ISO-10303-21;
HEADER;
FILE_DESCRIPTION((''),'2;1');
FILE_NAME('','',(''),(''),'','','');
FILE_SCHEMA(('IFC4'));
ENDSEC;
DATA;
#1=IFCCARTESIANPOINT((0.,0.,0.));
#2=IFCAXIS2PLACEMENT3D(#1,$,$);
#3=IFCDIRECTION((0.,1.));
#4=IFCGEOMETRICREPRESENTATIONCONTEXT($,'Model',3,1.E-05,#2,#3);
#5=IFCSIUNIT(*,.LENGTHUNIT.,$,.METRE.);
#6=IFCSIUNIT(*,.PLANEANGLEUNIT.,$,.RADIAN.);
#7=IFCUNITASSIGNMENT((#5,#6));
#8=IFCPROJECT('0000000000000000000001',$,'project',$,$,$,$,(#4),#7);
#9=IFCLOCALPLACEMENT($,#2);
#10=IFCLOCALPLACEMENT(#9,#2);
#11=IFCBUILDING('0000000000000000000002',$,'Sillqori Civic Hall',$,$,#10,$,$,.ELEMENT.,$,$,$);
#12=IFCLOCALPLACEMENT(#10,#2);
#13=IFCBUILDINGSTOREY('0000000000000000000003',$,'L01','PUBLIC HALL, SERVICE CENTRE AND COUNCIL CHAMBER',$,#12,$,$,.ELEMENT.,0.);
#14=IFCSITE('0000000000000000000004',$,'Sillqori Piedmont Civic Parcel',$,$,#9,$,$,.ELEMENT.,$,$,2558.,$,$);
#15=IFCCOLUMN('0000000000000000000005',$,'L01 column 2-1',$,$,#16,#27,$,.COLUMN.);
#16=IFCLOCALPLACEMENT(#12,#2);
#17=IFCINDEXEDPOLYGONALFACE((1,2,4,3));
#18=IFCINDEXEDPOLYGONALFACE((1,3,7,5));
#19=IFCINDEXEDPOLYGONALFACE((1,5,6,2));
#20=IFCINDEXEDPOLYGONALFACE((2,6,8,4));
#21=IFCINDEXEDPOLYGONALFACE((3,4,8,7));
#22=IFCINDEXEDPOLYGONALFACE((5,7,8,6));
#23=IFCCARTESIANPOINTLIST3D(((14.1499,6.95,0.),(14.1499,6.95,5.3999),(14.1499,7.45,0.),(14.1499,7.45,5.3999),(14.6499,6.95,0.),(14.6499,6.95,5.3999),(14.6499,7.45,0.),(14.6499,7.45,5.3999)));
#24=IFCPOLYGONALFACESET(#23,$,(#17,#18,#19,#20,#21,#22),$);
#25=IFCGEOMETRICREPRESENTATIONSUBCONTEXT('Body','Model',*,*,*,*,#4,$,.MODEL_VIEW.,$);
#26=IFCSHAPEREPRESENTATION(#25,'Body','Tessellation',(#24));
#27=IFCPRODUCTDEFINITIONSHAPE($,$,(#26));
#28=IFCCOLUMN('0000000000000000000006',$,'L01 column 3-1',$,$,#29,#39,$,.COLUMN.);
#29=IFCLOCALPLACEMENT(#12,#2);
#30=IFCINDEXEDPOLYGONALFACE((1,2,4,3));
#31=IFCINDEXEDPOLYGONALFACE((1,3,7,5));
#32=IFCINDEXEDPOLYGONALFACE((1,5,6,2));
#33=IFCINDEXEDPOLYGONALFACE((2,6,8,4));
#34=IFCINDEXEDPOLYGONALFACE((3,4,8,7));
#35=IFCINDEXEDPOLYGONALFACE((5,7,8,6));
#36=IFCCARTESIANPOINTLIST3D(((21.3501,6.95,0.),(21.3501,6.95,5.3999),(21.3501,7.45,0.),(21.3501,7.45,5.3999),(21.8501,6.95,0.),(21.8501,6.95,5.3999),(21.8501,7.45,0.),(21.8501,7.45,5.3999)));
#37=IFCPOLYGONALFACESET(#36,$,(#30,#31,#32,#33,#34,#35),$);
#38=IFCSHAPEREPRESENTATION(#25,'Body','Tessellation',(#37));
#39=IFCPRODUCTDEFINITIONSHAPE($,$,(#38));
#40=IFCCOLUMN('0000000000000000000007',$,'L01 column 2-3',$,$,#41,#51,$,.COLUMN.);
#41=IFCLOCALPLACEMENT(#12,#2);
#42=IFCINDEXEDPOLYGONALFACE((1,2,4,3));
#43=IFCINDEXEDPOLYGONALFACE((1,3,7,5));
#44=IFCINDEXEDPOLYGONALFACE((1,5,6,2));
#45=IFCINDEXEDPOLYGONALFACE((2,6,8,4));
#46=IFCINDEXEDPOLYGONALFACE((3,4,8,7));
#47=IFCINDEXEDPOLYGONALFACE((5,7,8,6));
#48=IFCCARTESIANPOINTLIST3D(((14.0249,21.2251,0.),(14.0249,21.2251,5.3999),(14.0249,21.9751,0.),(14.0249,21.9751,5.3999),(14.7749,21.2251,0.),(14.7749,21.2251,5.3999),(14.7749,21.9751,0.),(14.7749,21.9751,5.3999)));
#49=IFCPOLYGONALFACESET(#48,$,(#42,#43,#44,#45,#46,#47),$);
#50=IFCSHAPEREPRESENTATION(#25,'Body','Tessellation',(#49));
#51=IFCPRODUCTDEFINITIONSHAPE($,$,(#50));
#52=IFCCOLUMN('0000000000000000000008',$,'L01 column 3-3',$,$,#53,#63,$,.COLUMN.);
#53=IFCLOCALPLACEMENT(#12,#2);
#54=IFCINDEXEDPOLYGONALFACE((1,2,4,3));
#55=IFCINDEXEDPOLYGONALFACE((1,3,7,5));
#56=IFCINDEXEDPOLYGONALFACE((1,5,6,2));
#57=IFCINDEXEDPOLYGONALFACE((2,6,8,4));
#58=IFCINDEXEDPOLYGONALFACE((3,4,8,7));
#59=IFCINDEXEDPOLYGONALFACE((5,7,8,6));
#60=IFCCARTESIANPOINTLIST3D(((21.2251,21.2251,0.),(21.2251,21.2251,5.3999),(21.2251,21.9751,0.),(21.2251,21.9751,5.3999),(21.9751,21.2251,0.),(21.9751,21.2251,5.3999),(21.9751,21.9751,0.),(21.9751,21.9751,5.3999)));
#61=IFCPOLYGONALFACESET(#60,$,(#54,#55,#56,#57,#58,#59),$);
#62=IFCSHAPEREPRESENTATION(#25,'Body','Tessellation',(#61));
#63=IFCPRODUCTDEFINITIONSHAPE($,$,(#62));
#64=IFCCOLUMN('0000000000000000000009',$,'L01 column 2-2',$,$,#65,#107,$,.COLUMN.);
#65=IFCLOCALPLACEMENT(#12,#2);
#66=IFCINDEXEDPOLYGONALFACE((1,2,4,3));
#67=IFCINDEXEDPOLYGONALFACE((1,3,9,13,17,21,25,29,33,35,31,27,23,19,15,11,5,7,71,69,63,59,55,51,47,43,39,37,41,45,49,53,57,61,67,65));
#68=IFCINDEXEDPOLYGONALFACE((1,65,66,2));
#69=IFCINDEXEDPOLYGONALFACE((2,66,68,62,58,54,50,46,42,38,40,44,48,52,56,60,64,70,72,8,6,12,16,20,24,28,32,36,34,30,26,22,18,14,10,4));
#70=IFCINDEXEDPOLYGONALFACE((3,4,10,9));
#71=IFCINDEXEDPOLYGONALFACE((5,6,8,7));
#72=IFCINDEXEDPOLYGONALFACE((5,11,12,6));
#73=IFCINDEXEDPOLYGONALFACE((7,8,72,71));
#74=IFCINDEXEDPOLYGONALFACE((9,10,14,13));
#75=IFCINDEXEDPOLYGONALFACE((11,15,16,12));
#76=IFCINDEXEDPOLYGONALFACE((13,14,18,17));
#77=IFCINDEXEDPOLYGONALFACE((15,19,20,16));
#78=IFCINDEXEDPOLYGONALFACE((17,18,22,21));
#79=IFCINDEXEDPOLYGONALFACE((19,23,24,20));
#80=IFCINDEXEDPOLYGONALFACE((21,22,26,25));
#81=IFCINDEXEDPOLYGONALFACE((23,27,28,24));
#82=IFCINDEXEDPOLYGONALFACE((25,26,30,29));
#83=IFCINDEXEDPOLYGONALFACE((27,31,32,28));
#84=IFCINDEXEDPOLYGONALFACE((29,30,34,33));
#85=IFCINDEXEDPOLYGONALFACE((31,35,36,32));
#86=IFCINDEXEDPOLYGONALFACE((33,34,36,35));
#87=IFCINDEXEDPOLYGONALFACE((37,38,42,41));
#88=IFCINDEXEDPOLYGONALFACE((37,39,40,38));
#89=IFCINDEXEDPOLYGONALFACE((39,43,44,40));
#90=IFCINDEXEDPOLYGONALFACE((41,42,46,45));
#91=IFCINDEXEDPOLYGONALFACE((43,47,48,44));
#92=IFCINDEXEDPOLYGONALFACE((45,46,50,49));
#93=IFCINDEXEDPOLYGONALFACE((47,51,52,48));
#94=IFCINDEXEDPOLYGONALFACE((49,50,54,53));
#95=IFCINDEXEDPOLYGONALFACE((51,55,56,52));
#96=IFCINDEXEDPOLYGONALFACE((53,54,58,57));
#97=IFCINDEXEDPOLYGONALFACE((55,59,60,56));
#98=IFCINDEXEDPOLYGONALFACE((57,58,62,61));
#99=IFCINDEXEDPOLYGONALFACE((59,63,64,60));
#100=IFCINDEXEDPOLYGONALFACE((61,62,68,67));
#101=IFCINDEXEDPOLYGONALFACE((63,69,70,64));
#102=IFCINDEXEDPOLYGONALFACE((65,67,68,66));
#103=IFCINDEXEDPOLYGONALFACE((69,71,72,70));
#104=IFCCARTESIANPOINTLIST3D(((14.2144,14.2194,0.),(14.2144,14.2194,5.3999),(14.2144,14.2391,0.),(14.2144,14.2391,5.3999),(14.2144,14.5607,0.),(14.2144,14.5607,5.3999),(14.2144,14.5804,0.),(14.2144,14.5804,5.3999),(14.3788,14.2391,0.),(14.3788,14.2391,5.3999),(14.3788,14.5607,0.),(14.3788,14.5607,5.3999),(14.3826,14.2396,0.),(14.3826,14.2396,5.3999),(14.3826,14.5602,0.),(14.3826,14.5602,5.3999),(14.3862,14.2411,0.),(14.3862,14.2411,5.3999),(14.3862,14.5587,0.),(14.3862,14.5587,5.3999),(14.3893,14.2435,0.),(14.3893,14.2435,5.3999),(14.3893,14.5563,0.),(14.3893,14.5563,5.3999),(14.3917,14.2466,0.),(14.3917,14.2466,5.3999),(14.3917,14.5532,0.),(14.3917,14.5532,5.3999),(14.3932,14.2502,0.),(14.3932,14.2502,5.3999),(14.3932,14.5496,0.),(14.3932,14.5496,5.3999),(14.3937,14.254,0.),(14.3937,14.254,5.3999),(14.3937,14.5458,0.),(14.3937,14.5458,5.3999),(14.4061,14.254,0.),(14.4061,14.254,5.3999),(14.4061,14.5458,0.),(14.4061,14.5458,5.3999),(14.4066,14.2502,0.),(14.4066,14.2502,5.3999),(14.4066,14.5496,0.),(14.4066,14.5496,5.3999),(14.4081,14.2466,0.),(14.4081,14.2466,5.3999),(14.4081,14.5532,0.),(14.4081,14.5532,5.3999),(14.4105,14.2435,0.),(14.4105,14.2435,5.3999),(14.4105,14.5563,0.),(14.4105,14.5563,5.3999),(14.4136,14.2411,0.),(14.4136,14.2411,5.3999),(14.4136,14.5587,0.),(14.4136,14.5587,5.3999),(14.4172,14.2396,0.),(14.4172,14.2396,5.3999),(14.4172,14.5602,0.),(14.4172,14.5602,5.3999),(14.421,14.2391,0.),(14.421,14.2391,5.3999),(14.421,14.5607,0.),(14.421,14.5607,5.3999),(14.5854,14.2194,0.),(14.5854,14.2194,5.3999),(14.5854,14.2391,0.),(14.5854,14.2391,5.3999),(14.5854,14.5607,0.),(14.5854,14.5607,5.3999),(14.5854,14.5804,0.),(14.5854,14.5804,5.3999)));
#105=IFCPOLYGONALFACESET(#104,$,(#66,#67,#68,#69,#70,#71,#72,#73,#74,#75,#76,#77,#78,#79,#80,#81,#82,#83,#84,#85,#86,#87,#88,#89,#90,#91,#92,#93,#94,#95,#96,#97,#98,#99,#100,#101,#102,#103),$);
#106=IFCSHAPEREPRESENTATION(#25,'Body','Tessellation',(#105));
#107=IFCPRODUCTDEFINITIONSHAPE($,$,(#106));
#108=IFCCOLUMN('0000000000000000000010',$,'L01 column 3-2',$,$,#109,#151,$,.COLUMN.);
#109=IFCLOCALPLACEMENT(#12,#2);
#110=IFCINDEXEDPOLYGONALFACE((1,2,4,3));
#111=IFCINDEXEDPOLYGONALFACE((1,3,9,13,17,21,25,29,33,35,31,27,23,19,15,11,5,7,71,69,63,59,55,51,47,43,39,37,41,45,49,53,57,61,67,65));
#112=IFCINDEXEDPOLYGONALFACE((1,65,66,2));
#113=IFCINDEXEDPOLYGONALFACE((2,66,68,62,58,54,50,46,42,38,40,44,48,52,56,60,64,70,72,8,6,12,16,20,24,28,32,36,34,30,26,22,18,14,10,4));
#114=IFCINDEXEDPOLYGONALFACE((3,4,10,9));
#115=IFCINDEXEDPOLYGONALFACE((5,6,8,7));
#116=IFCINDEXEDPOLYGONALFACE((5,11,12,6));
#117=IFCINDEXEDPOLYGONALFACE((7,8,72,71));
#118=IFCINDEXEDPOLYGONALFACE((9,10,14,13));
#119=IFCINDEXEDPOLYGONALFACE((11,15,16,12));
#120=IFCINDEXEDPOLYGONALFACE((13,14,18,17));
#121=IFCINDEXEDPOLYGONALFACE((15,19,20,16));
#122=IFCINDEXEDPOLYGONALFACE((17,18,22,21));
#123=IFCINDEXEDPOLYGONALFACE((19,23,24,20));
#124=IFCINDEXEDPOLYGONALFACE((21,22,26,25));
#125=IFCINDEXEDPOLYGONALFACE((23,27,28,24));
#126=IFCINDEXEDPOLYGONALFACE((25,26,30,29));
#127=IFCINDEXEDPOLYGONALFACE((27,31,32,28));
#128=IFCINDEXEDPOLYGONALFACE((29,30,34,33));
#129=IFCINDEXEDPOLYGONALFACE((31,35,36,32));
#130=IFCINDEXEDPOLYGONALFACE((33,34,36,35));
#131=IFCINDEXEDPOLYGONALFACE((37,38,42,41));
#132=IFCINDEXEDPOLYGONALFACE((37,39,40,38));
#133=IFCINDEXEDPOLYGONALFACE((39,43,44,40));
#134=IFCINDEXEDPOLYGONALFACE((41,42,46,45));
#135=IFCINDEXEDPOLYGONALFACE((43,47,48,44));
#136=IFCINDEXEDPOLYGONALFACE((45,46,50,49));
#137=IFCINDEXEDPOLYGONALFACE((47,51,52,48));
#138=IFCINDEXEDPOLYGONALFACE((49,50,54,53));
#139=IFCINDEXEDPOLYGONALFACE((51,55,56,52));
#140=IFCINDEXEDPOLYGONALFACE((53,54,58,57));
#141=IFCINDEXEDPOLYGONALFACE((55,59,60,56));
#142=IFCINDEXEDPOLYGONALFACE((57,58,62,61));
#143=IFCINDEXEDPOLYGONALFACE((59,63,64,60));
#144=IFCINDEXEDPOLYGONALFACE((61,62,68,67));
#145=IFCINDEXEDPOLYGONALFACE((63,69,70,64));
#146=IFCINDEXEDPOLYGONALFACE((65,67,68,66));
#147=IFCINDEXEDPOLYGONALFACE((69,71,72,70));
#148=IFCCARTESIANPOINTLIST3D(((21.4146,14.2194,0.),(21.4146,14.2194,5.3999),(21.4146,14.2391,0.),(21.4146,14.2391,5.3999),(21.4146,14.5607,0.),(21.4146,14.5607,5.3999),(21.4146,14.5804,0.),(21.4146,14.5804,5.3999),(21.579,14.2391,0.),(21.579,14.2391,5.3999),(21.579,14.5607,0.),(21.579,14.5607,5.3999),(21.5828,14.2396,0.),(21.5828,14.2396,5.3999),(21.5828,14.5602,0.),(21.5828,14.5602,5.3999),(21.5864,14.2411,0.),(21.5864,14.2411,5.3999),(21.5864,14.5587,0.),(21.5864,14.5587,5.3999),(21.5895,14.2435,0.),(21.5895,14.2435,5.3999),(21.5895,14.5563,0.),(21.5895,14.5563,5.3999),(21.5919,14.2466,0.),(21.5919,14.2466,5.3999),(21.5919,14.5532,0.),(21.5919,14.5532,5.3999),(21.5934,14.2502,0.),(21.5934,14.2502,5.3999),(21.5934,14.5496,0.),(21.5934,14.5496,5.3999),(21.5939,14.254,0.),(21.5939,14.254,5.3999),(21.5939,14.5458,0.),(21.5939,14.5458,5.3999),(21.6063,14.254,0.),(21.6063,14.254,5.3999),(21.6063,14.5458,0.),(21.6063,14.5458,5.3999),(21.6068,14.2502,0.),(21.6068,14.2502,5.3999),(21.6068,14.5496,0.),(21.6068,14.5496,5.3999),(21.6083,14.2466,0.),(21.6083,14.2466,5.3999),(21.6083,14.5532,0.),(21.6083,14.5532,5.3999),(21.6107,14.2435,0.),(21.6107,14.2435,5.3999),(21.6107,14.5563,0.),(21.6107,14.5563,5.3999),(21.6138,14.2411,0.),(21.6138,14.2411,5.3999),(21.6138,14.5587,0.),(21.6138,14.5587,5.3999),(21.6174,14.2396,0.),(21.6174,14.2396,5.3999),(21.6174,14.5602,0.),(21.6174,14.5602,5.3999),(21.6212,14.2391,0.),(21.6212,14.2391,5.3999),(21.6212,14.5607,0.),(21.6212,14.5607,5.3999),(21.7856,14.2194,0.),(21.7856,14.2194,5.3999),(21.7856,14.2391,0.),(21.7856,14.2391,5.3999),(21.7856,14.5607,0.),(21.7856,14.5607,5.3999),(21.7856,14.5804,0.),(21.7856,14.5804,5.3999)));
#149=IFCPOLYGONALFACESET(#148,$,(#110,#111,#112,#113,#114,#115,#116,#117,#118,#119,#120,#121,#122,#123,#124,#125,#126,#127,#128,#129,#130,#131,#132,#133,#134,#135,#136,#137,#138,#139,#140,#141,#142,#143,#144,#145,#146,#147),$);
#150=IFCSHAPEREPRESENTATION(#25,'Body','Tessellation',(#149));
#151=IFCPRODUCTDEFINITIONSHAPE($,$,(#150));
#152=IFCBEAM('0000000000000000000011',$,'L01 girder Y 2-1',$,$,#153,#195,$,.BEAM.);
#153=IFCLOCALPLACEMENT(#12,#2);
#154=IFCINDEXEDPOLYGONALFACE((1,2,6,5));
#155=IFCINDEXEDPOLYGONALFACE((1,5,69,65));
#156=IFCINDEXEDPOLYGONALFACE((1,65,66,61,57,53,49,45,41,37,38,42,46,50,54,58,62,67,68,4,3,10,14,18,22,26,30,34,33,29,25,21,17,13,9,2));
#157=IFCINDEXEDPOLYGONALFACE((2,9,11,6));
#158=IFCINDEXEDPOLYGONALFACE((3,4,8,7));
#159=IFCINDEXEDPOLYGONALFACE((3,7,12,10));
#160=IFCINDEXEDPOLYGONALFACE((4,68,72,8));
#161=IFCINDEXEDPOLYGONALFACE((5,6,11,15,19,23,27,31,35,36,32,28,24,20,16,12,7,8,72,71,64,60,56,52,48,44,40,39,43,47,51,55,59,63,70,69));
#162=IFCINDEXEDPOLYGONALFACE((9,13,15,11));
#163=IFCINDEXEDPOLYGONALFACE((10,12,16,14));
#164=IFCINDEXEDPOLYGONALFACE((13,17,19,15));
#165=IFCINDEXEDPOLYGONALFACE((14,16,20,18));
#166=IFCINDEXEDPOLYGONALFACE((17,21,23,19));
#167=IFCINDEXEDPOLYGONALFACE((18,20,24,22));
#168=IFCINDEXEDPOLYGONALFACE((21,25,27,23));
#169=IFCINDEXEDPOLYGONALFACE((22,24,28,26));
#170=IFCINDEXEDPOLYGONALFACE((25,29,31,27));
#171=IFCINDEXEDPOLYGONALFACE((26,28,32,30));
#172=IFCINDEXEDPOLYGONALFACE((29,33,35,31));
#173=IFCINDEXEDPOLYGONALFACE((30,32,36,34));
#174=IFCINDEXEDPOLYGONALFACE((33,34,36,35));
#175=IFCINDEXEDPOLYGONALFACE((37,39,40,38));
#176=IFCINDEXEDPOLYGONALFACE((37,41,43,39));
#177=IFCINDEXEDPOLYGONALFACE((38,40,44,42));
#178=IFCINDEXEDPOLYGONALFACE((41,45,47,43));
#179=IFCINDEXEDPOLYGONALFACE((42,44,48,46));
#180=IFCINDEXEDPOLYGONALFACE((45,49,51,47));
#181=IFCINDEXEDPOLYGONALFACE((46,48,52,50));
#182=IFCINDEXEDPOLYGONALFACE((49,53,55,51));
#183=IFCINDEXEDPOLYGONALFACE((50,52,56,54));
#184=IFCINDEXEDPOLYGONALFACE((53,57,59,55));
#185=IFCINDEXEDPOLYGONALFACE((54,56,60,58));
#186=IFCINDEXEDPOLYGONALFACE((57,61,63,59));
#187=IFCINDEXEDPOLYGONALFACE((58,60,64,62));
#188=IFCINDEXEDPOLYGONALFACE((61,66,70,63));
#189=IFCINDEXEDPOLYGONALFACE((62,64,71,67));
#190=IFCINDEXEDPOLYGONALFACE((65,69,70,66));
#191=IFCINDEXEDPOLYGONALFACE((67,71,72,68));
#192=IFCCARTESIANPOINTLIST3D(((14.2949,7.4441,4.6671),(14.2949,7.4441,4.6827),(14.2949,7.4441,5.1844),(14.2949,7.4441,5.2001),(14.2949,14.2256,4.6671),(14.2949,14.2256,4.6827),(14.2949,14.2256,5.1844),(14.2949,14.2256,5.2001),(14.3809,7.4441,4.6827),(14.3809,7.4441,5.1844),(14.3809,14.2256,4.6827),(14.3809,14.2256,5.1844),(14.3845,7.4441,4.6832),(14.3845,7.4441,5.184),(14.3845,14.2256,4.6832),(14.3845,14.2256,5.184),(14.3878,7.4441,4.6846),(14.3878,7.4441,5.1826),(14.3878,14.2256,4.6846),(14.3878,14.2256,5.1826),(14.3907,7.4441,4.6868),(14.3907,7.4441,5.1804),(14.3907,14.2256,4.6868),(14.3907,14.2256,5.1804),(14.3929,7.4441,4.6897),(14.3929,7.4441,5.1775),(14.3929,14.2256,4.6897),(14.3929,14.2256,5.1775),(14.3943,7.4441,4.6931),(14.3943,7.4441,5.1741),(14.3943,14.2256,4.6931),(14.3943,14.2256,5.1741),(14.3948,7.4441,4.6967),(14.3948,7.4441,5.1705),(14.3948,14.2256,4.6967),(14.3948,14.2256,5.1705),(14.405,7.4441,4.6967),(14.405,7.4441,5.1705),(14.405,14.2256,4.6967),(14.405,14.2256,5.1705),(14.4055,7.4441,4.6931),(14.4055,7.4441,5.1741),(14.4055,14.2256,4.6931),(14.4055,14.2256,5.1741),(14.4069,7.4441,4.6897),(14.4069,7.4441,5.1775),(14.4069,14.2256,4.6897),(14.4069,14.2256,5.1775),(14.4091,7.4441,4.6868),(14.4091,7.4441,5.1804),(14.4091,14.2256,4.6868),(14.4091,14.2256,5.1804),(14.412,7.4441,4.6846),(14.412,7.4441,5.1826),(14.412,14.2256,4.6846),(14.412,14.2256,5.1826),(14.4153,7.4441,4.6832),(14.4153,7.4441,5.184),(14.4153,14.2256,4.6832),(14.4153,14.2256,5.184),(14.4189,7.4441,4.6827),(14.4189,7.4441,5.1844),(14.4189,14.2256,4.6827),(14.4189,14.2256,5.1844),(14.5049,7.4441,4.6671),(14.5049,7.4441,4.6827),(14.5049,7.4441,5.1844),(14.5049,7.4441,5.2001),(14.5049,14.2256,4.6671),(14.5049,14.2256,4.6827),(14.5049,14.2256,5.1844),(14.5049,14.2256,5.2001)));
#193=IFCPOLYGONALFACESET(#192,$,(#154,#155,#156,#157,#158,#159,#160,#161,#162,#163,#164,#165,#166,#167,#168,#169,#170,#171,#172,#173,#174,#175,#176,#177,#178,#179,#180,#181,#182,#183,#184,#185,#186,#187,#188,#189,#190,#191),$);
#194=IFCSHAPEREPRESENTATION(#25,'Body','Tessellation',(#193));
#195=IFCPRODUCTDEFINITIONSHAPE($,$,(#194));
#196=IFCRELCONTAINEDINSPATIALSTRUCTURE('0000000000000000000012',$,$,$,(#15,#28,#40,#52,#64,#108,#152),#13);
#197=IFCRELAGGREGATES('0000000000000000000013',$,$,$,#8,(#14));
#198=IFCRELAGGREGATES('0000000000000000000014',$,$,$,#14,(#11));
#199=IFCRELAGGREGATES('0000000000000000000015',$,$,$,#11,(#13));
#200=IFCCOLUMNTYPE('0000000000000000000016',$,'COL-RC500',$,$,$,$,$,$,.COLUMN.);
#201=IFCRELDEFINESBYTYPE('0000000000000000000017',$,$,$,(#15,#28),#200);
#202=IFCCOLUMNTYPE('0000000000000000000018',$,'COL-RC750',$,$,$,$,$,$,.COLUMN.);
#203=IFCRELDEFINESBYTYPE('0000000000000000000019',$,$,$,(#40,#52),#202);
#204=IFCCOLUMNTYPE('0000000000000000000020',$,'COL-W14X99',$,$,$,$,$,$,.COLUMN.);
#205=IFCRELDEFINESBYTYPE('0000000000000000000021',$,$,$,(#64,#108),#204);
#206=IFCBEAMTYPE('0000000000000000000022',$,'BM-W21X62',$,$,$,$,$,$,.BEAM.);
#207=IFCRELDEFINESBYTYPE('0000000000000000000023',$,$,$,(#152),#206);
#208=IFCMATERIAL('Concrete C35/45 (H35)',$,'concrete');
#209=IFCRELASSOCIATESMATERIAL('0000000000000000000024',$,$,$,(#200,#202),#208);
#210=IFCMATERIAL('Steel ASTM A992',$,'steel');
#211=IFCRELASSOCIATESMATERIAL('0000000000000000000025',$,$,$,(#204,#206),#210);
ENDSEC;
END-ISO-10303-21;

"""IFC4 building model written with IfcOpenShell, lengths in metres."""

from ifc_helpers import new_model, si_unit, direction, frame, origin, origin_2d, place, context, subcontext, project, spatial, rectangle, i_section, extrude, material, material_profile, profile_set, type_object, element, save


model = new_model("IFC4")

# Units and contexts
model_context = context("Model", 3, precision=1e-05, world=origin(), true_north=direction((0.0, 1.0)))
body_context = subcontext(model_context, "Body", "Model", "MODEL_VIEW")
ifc_project = project(units=[si_unit("LENGTHUNIT", "METRE"), si_unit("PLANEANGLEUNIT", "RADIAN")], contexts=[model_context])

# Site, building, storey
site_placement = place(None, origin())
site = spatial("IfcSite", under=ifc_project, at=site_placement, Name="Sillqori Piedmont Civic Parcel", CompositionType="ELEMENT", RefElevation=2558.0)
building_placement = place(site_placement, origin())
building = spatial("IfcBuilding", under=site, at=building_placement, Name="Sillqori Civic Hall", CompositionType="ELEMENT")
storey_placement = place(building_placement, origin())
storey = spatial("IfcBuildingStorey", under=building, at=storey_placement, Name="L01", Description="PUBLIC HALL, SERVICE CENTRE AND COUNCIL CHAMBER", CompositionType="ELEMENT", Elevation=0.0)

# Columns
ifc_material_1 = material(Name="Concrete C35/45 (H35)", Category="concrete")
ifc_material_profile_1 = material_profile(ifc_material_1, rectangle(XDim=0.5, YDim=0.5, at=origin_2d()), Name="RC 500x500")
ifc_profile_set_1 = profile_set([ifc_material_profile_1], Name="Concrete C35/45 (H35)")
column_type_1 = type_object("IfcColumnType", Name="COL-RC500", PredefinedType="COLUMN", material=ifc_profile_set_1)
for number, where, z_axis, x_axis, name in (
    (1, (14.3999, 7.2, 0.0), (0.0, 0.0, 1.0), (1.0, 0.0, 0.0), "L01 column 2-1"),
    (2, (21.6001, 7.2, 0.0), (0.0, 0.0, 1.0), (1.0, 0.0, 0.0), "L01 column 3-1"),
):
    element("IfcColumn", number, at=place(storey_placement, frame(where, z_axis=z_axis, x_axis=x_axis)), inside=storey, type_object=column_type_1, Name=name, PredefinedType="COLUMN", context=body_context, shape_type="SweptSolid", body=[
        extrude(rectangle(XDim=0.5, YDim=0.5, at=origin_2d()), origin(), (0.0, 0.0, 1.0), 5.3999),
    ])
ifc_material_profile_2 = material_profile(ifc_material_1, rectangle(XDim=0.75, YDim=0.75, at=origin_2d()), Name="RC 750x750")
ifc_profile_set_2 = profile_set([ifc_material_profile_2], Name="Concrete C35/45 (H35)")
column_type_2 = type_object("IfcColumnType", Name="COL-RC750", PredefinedType="COLUMN", material=ifc_profile_set_2)
for number, where, z_axis, x_axis, name in (
    (3, (14.3999, 21.6001, 0.0), (0.0, 0.0, 1.0), (1.0, 0.0, 0.0), "L01 column 2-3"),
    (4, (21.6001, 21.6001, 0.0), (0.0, 0.0, 1.0), (1.0, 0.0, 0.0), "L01 column 3-3"),
):
    element("IfcColumn", number, at=place(storey_placement, frame(where, z_axis=z_axis, x_axis=x_axis)), inside=storey, type_object=column_type_2, Name=name, PredefinedType="COLUMN", context=body_context, shape_type="SweptSolid", body=[
        extrude(rectangle(XDim=0.75, YDim=0.75, at=origin_2d()), origin(), (0.0, 0.0, 1.0), 5.3999),
    ])
ifc_material_2 = material(Name="Steel ASTM A992", Category="steel")
ifc_material_profile_3 = material_profile(ifc_material_2, i_section(OverallWidth=0.3711, OverallDepth=0.3611, WebThickness=0.0125, FlangeThickness=0.0198, FilletRadius=0.0149, at=origin_2d()), Name="W14X99")
ifc_profile_set_3 = profile_set([ifc_material_profile_3], Name="Steel ASTM A992")
column_type_3 = type_object("IfcColumnType", Name="COL-W14X99", PredefinedType="COLUMN", material=ifc_profile_set_3)
for number, where, z_axis, x_axis, name in (
    (5, (14.3999, 14.3999, 0.0), (0.0, 0.0, 1.0), (1.0, 0.0, 0.0), "L01 column 2-2"),
    (6, (21.6001, 14.3999, 0.0), (0.0, 0.0, 1.0), (1.0, 0.0, 0.0), "L01 column 3-2"),
):
    element("IfcColumn", number, at=place(storey_placement, frame(where, z_axis=z_axis, x_axis=x_axis)), inside=storey, type_object=column_type_3, Name=name, PredefinedType="COLUMN", context=body_context, shape_type="SweptSolid", body=[
        extrude(i_section(OverallWidth=0.3711, OverallDepth=0.3611, WebThickness=0.0125, FlangeThickness=0.0198, FilletRadius=0.0149, at=origin_2d()), origin(), (0.0, 0.0, 1.0), 5.3999),
    ])

# Beam
ifc_material_profile_4 = material_profile(ifc_material_2, i_section(OverallWidth=0.21, OverallDepth=0.533, WebThickness=0.0103, FlangeThickness=0.0156, FilletRadius=0.0139, at=origin_2d()), Name="W21X62")
ifc_profile_set_4 = profile_set([ifc_material_profile_4], Name="Steel ASTM A992")
beam_type_1 = type_object("IfcBeamType", Name="BM-W21X62", PredefinedType="BEAM", material=ifc_profile_set_4)
beam_1_placement = place(storey_placement, frame((14.3999, 7.4441, 4.9336), z_axis=(0.0, 1.0, 0.0), x_axis=(-1.0, 0.0, 0.0)))
element("IfcBeam", 7, at=beam_1_placement, inside=storey, type_object=beam_type_1, Name="L01 girder Y 2-1", PredefinedType="BEAM", context=body_context, shape_type="SweptSolid", body=[
    extrude(i_section(OverallWidth=0.21, OverallDepth=0.533, WebThickness=0.0103, FlangeThickness=0.0156, FilletRadius=0.0139, at=origin_2d()), origin(), (0.0, 0.0, 1.0), 6.7815),
])

save(model, "model.ifc")
